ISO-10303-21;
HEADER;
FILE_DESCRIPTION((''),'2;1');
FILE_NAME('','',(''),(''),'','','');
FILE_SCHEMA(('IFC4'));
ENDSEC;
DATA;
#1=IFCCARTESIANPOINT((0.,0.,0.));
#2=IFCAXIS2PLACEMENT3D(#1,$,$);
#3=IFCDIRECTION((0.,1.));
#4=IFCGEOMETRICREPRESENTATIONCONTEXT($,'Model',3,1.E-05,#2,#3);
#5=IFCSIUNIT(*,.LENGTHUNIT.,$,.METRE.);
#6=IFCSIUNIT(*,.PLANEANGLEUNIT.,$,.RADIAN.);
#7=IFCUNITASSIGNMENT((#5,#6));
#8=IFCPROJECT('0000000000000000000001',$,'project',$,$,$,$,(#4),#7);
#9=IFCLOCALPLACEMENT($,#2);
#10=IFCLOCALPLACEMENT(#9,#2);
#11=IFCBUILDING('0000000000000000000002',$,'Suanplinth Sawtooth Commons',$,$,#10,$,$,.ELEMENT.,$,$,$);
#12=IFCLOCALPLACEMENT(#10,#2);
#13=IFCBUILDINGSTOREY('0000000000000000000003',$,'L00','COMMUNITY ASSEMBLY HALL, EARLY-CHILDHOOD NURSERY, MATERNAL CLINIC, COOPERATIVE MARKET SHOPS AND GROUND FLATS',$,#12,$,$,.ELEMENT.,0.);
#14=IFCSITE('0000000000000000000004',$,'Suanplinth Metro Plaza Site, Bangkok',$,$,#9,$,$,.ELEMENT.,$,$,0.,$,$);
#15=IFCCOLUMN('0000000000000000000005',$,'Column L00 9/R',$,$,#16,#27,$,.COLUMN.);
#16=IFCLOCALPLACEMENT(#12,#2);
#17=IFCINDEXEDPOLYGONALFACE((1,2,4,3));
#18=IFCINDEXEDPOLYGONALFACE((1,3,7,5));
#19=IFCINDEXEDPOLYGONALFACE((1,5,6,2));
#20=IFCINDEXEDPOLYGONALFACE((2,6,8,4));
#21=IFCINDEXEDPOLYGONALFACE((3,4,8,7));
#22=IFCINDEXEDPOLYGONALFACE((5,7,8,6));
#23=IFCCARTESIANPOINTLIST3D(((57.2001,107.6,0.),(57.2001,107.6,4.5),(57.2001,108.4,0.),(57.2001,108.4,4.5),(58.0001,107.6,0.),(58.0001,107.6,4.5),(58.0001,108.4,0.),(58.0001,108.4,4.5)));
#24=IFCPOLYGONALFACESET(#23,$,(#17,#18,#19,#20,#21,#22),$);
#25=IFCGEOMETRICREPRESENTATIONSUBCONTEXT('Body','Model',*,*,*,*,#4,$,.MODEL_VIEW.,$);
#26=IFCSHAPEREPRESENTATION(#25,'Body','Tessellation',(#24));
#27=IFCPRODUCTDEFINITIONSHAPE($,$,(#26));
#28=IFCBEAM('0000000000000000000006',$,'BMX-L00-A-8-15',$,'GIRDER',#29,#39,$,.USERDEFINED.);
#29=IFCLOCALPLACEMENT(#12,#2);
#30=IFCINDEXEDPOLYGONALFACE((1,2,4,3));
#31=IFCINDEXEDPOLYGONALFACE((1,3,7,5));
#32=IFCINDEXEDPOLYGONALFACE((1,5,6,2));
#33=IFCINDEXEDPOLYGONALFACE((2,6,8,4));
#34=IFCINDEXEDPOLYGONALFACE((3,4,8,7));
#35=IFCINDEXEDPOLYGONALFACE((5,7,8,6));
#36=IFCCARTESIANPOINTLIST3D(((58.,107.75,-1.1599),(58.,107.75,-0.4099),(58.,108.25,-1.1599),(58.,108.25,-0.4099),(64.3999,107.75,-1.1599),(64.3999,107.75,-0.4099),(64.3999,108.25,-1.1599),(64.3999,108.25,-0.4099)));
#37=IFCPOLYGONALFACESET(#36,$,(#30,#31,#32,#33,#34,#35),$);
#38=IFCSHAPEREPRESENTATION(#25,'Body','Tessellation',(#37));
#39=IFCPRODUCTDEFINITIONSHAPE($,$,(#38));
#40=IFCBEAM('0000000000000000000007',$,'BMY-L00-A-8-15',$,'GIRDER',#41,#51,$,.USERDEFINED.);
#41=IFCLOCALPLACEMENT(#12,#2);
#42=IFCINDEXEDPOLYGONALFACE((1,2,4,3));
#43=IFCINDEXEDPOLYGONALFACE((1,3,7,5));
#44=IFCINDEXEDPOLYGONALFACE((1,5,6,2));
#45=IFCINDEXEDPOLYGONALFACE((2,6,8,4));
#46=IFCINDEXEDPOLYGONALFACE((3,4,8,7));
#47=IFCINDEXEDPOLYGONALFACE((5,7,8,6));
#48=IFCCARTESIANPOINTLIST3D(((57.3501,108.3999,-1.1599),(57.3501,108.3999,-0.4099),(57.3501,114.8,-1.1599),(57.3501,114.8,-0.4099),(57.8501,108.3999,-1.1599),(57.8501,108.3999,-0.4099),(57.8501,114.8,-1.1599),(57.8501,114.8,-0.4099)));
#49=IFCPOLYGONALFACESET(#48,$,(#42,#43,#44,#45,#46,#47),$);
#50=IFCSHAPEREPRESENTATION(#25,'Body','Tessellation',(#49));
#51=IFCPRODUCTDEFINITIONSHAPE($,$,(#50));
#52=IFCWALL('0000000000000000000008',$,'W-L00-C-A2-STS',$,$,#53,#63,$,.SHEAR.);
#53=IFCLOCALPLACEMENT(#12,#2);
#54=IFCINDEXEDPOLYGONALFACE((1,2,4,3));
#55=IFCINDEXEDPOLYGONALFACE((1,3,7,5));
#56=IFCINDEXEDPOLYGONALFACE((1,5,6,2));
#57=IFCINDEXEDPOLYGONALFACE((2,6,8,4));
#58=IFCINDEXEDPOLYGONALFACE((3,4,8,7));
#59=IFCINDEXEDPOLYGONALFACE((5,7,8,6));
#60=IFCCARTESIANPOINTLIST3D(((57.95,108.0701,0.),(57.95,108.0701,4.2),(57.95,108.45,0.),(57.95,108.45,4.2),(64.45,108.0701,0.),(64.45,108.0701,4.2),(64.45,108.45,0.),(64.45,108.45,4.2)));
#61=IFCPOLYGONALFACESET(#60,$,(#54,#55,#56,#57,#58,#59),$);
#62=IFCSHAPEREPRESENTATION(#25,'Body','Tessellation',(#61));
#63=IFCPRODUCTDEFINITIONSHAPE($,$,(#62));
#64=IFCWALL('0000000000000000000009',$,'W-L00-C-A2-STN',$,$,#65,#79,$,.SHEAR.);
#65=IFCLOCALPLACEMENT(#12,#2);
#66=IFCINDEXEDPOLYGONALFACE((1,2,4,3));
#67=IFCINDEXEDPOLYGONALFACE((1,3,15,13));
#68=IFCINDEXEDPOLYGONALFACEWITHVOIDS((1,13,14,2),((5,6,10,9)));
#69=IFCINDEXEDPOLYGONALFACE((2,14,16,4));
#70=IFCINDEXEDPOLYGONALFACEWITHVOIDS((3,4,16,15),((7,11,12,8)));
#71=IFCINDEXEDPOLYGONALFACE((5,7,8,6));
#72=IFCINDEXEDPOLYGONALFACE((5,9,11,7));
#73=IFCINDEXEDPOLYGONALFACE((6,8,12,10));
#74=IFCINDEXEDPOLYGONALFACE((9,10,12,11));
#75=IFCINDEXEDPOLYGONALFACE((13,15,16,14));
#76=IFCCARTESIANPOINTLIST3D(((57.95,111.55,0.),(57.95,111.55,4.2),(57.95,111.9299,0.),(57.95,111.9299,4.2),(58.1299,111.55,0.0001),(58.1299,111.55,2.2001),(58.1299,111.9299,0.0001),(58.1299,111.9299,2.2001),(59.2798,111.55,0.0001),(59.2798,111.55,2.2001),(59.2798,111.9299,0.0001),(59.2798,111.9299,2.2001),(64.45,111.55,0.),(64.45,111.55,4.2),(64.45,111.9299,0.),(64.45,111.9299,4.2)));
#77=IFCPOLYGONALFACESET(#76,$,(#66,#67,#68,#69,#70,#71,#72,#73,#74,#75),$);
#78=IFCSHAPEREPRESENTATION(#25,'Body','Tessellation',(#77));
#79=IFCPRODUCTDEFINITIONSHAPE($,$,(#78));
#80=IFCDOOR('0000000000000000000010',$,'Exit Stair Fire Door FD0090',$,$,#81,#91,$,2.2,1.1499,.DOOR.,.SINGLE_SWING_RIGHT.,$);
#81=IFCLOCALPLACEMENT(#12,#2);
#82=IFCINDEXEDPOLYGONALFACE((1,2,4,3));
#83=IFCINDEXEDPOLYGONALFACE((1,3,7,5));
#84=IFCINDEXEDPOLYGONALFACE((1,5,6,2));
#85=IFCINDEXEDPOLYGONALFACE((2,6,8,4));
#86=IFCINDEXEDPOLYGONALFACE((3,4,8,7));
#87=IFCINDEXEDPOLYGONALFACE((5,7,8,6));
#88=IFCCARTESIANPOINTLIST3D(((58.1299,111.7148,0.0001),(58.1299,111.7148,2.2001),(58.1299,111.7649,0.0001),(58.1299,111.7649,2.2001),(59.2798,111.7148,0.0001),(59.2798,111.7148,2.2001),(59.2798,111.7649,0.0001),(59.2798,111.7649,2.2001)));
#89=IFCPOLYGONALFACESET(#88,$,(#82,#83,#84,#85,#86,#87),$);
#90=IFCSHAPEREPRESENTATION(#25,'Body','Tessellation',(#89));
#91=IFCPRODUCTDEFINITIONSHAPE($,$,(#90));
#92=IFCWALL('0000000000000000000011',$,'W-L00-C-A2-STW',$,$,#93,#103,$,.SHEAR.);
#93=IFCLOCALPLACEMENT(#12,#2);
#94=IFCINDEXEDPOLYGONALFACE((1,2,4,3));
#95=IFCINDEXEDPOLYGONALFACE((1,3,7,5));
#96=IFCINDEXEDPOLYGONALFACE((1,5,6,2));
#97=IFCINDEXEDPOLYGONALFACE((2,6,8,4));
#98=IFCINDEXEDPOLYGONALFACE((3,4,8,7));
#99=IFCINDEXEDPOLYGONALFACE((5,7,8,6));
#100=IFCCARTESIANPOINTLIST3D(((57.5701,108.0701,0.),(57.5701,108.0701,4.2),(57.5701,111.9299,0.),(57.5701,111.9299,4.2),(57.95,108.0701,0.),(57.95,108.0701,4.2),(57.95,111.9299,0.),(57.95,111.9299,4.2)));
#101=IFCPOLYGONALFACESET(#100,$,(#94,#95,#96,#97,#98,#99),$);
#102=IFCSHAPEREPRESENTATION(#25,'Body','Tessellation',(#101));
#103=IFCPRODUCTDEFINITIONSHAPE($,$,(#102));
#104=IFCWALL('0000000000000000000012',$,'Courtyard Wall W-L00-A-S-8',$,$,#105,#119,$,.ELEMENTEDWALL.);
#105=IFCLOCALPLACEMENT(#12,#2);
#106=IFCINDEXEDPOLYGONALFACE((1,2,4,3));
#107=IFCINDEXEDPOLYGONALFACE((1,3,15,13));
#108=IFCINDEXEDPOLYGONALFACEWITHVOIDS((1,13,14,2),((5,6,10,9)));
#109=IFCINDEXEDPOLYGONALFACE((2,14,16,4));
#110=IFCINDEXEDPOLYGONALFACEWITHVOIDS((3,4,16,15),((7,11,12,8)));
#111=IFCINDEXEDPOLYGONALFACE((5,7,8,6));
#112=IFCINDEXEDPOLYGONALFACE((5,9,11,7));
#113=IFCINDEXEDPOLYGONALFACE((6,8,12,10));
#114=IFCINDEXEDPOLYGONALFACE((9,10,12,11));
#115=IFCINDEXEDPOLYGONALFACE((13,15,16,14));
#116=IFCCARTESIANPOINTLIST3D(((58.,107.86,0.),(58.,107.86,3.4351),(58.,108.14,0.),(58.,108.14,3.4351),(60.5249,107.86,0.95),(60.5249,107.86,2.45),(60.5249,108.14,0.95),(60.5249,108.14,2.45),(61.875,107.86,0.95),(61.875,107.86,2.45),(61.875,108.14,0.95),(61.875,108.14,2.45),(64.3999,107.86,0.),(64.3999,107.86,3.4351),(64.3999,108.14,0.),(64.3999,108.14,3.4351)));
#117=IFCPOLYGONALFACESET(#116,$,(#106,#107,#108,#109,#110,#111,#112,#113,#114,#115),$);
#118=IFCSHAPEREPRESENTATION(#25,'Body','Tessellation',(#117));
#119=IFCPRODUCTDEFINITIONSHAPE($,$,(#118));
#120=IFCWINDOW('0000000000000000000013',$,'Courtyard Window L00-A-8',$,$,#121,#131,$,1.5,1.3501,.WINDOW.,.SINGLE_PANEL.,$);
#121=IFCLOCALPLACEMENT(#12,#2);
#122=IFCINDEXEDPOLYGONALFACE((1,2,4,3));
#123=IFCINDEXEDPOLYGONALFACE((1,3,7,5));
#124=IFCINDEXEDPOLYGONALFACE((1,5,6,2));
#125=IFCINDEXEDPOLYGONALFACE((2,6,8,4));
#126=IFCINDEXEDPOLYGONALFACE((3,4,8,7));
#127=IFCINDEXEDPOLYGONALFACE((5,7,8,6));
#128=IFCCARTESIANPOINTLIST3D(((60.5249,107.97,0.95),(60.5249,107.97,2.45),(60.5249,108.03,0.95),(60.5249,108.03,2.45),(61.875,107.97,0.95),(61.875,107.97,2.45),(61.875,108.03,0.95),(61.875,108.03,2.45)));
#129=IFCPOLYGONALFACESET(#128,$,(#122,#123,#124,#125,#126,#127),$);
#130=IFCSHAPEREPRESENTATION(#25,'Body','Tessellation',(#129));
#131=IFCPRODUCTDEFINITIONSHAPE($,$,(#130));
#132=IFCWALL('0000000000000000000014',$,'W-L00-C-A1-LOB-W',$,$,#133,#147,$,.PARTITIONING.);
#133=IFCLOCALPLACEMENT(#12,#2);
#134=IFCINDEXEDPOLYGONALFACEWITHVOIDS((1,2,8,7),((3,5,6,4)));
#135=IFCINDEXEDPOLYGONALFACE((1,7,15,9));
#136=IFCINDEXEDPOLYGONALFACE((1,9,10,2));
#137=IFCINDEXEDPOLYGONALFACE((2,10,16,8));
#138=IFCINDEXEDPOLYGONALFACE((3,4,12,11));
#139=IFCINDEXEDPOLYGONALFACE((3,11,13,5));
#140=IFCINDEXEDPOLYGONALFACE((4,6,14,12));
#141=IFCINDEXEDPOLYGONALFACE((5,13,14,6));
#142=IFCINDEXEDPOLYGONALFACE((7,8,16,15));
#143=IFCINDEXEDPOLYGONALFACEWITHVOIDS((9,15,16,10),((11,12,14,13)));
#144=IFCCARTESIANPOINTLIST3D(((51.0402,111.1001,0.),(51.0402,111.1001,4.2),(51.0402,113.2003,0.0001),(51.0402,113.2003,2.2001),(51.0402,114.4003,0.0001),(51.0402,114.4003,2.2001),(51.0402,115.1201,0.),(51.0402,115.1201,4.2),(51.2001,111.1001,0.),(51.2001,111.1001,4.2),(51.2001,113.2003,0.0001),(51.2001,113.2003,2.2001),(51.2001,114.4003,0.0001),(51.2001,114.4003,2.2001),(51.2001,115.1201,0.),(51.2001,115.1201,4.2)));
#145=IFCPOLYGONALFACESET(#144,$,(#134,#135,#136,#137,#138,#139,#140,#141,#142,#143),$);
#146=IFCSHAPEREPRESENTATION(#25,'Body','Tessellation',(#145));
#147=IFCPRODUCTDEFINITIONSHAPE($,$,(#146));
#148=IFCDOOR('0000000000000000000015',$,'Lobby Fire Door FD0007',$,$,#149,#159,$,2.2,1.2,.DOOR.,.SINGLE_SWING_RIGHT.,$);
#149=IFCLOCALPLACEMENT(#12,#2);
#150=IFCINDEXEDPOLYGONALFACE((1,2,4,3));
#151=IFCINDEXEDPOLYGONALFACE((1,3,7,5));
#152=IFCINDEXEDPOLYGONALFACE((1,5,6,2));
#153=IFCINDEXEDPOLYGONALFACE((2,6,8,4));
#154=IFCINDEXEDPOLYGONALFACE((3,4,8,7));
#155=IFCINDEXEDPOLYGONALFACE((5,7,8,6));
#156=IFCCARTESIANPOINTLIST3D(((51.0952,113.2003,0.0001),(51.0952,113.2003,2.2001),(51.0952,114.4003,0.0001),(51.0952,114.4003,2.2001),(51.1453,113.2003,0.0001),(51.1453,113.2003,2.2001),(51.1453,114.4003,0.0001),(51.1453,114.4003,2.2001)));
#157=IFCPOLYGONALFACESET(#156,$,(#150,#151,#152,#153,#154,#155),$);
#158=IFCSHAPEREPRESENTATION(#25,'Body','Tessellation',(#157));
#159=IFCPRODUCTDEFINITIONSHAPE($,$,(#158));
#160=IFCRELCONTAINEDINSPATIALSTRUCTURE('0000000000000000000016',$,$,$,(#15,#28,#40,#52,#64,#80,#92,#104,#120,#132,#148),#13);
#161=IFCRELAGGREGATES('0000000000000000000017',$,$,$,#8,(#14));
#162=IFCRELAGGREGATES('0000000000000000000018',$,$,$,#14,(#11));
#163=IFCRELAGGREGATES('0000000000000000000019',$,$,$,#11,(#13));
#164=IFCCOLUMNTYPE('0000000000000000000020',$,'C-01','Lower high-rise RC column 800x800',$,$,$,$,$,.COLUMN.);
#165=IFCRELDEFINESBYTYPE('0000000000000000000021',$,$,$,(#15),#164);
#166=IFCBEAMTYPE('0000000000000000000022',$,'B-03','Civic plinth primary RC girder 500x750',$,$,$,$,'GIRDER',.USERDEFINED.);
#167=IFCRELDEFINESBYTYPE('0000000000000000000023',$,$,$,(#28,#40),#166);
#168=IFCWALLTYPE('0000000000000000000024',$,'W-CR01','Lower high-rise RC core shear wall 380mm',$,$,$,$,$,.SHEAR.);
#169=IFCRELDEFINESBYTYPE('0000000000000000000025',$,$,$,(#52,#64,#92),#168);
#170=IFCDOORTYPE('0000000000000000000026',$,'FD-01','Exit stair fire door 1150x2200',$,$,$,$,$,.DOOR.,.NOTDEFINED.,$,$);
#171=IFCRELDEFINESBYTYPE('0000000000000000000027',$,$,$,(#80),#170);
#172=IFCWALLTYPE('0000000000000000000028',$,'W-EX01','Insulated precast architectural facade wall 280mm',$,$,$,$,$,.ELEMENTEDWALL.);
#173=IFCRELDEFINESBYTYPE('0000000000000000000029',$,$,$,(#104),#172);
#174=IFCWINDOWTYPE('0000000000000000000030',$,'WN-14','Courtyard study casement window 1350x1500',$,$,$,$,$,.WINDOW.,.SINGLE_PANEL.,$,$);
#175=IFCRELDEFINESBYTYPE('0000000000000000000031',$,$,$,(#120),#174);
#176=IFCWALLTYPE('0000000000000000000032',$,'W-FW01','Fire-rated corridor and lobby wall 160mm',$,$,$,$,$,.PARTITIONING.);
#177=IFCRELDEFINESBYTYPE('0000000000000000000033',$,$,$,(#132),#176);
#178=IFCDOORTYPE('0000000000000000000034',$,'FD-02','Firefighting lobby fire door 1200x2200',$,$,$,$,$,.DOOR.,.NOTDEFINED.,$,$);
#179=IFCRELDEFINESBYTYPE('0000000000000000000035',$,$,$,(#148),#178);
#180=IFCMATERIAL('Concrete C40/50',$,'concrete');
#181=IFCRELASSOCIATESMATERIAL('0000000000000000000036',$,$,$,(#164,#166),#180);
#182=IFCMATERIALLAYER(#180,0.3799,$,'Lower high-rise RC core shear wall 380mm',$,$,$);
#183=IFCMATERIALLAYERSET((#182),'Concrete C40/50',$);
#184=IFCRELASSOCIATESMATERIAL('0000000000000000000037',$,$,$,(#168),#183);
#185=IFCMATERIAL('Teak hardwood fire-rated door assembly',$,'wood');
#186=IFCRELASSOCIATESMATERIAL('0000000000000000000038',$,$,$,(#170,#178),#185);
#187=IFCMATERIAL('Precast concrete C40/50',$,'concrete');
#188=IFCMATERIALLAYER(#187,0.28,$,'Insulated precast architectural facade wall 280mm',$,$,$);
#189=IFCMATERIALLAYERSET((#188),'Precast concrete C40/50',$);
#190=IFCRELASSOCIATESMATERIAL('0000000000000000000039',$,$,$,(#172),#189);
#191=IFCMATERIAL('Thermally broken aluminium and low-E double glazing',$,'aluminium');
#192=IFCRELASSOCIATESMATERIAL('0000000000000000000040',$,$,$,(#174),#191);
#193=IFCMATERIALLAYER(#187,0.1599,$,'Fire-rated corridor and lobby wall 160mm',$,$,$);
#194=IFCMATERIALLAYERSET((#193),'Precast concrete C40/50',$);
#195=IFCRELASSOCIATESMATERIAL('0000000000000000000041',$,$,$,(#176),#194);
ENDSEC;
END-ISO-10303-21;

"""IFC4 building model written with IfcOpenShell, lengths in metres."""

from ifc_helpers import new_model, si_unit, direction, frame, frame_2d, origin, origin_2d, place, context, subcontext, project, spatial, rectangle, extrude, material, layer, layer_set, material_profile, profile_set, type_object, element, fill, save


model = new_model("IFC4")

# Units and contexts
model_context = context("Model", 3, precision=1e-05, world=origin(), true_north=direction((0.0, 1.0)))
body_context = subcontext(model_context, "Body", "Model", "MODEL_VIEW")
ifc_project = project(units=[si_unit("LENGTHUNIT", "METRE"), si_unit("PLANEANGLEUNIT", "RADIAN")], contexts=[model_context])

# Site, building, storey
site_placement = place(None, origin())
site = spatial("IfcSite", under=ifc_project, at=site_placement, Name="Suanplinth Metro Plaza Site, Bangkok", CompositionType="ELEMENT", RefElevation=0.0)
building_placement = place(site_placement, origin())
building = spatial("IfcBuilding", under=site, at=building_placement, Name="Suanplinth Sawtooth Commons", CompositionType="ELEMENT")
storey_placement = place(building_placement, origin())
storey = spatial("IfcBuildingStorey", under=building, at=storey_placement, Name="L00", Description="COMMUNITY ASSEMBLY HALL, EARLY-CHILDHOOD NURSERY, MATERNAL CLINIC, COOPERATIVE MARKET SHOPS AND GROUND FLATS", CompositionType="ELEMENT", Elevation=0.0)

# Column
ifc_material_1 = material(Name="Concrete C40/50", Category="concrete")
ifc_material_profile_1 = material_profile(ifc_material_1, rectangle(XDim=0.8, YDim=0.8, at=origin_2d()), Name="RC-COL 800x800")
ifc_profile_set_1 = profile_set([ifc_material_profile_1], Name="Concrete C40/50")
column_type = type_object("IfcColumnType", Name="C-01", Description="Lower high-rise RC column 800x800", PredefinedType="COLUMN", material=ifc_profile_set_1)
column_placement = place(storey_placement, frame((57.6001, 108.0, 0.0), z_axis=(0.0, 0.0, 1.0), x_axis=(1.0, 0.0, 0.0)))
element("IfcColumn", 1, at=column_placement, inside=storey, type_object=column_type, Name="Column L00 9/R", PredefinedType="COLUMN", context=body_context, shape_type="SweptSolid", body=[
    extrude(rectangle(XDim=0.8, YDim=0.8, at=origin_2d()), origin(), (0.0, 0.0, 1.0), 4.5),
])

# Beams
ifc_material_profile_2 = material_profile(ifc_material_1, rectangle(XDim=0.5, YDim=0.75, at=origin_2d()), Name="RC-GDR 500x750")
ifc_profile_set_2 = profile_set([ifc_material_profile_2], Name="Concrete C40/50")
beam_type = type_object("IfcBeamType", Name="B-03", Description="Civic plinth primary RC girder 500x750", ElementType="GIRDER", PredefinedType="USERDEFINED", material=ifc_profile_set_2)
beam_1_placement = place(storey_placement, frame((58.0, 108.0, -0.7849), z_axis=(1.0, 0.0, 0.0), x_axis=(0.0, 1.0, 0.0)))
element("IfcBeam", 2, at=beam_1_placement, inside=storey, type_object=beam_type, Name="BMX-L00-A-8-15", ObjectType="GIRDER", PredefinedType="USERDEFINED", context=body_context, shape_type="SweptSolid", body=[
    extrude(rectangle(XDim=0.5, YDim=0.75, at=origin_2d()), origin(), (0.0, 0.0, 1.0), 6.3999),
])
beam_2_placement = place(storey_placement, frame((57.6001, 108.3999, -0.7849), z_axis=(0.0, 1.0, 0.0), x_axis=(-1.0, 0.0, 0.0)))
element("IfcBeam", 3, at=beam_2_placement, inside=storey, type_object=beam_type, Name="BMY-L00-A-8-15", ObjectType="GIRDER", PredefinedType="USERDEFINED", context=body_context, shape_type="SweptSolid", body=[
    extrude(rectangle(XDim=0.5, YDim=0.75, at=origin_2d()), origin(), (0.0, 0.0, 1.0), 6.4001),
])

# Wall
ifc_layer_1 = layer(ifc_material_1, 0.3799, Name="Lower high-rise RC core shear wall 380mm")
ifc_layer_set_1 = layer_set([ifc_layer_1], Name="Concrete C40/50")
wall_type_1 = type_object("IfcWallType", Name="W-CR01", Description="Lower high-rise RC core shear wall 380mm", PredefinedType="SHEAR", material=ifc_layer_set_1)
wall_1_placement = place(storey_placement, frame((57.95, 108.26, 0.0), z_axis=(0.0, 0.0, 1.0), x_axis=(1.0, 0.0, 0.0)))
element("IfcWall", 4, at=wall_1_placement, inside=storey, type_object=wall_type_1, Name="W-L00-C-A2-STS", PredefinedType="SHEAR", context=body_context, shape_type="SweptSolid", body=[
    extrude(rectangle(XDim=6.5, YDim=0.3799, at=frame_2d((3.25, 0.0))), origin(), (0.0, 0.0, 1.0), 4.2),
])

# Wall, opening, door
wall_2_placement = place(storey_placement, frame((57.95, 111.74, 0.0), z_axis=(0.0, 0.0, 1.0), x_axis=(1.0, 0.0, 0.0)))
wall_2 = element("IfcWall", 5, at=wall_2_placement, inside=storey, type_object=wall_type_1, Name="W-L00-C-A2-STN", PredefinedType="SHEAR", context=body_context, shape_type="SweptSolid", body=[
    extrude(rectangle(XDim=6.5, YDim=0.3799, at=frame_2d((3.25, 0.0))), origin(), (0.0, 0.0, 1.0), 4.2),
])
opening_1_placement = place(wall_2_placement, frame((0.1799, 0.0, 0.0)))
opening_1 = element("IfcOpeningElement", 6, at=opening_1_placement, cuts=wall_2, PredefinedType="OPENING", context=body_context, shape_type="SweptSolid", body=[
    extrude(rectangle(XDim=1.1499, YDim=2.2, at=frame_2d((0.575, 1.1001))), frame((0.0, 0.2048, 0.0), z_axis=(0.0, -1.0, 0.0), x_axis=(1.0, 0.0, 0.0)), (0.0, 0.0, 1.0), 0.4097),
])
ifc_material_2 = material(Name="Teak hardwood fire-rated door assembly", Category="wood")
door_type_1 = type_object("IfcDoorType", Name="FD-01", Description="Exit stair fire door 1150x2200", OperationType="NOTDEFINED", PredefinedType="DOOR", material=ifc_material_2)
door_1_placement = place(opening_1_placement, origin())
door_1 = element("IfcDoor", 7, at=door_1_placement, inside=storey, type_object=door_type_1, Name="Exit Stair Fire Door FD0090", OperationType="SINGLE_SWING_RIGHT", OverallHeight=2.2, OverallWidth=1.1499, PredefinedType="DOOR", context=body_context, shape_type="SweptSolid", body=[
    extrude(rectangle(XDim=1.1499, YDim=2.2, at=frame_2d((0.575, 1.1001))), frame((0.0, 0.0249, 0.0), z_axis=(0.0, -1.0, 0.0), x_axis=(1.0, 0.0, 0.0)), (0.0, 0.0, 1.0), 0.05),
])
fill(opening_1, door_1)

# Wall
wall_3_placement = place(storey_placement, frame((57.76, 108.0701, 0.0), z_axis=(0.0, 0.0, 1.0), x_axis=(0.0, 1.0, 0.0)))
element("IfcWall", 8, at=wall_3_placement, inside=storey, type_object=wall_type_1, Name="W-L00-C-A2-STW", PredefinedType="SHEAR", context=body_context, shape_type="SweptSolid", body=[
    extrude(rectangle(XDim=3.8599, YDim=0.3799, at=frame_2d((1.9299, 0.0))), origin(), (0.0, 0.0, 1.0), 4.2),
])

# Wall, opening, window
ifc_material_3 = material(Name="Precast concrete C40/50", Category="concrete")
ifc_layer_2 = layer(ifc_material_3, 0.28, Name="Insulated precast architectural facade wall 280mm")
ifc_layer_set_2 = layer_set([ifc_layer_2], Name="Precast concrete C40/50")
wall_type_2 = type_object("IfcWallType", Name="W-EX01", Description="Insulated precast architectural facade wall 280mm", PredefinedType="ELEMENTEDWALL", material=ifc_layer_set_2)
wall_4_placement = place(storey_placement, frame((58.0, 108.0, 0.0), z_axis=(0.0, 0.0, 1.0), x_axis=(1.0, 0.0, 0.0)))
wall_4 = element("IfcWall", 9, at=wall_4_placement, inside=storey, type_object=wall_type_2, Name="Courtyard Wall W-L00-A-S-8", PredefinedType="ELEMENTEDWALL", context=body_context, shape_type="SweptSolid", body=[
    extrude(rectangle(XDim=6.3999, YDim=0.28, at=frame_2d((3.2, 0.0))), origin(), (0.0, 0.0, 1.0), 3.4351),
])
opening_2_placement = place(wall_4_placement, frame((2.5249, 0.0, 0.95)))
opening_2 = element("IfcOpeningElement", 10, at=opening_2_placement, cuts=wall_4, PredefinedType="OPENING", context=body_context, shape_type="SweptSolid", body=[
    extrude(rectangle(XDim=1.3501, YDim=1.5, at=frame_2d((0.675, 0.75))), frame((0.0, 0.1548, 0.0), z_axis=(0.0, -1.0, 0.0), x_axis=(1.0, 0.0, 0.0)), (0.0, 0.0, 1.0), 0.3098),
])
ifc_material_4 = material(Name="Thermally broken aluminium and low-E double glazing", Category="aluminium")
window_type = type_object("IfcWindowType", Name="WN-14", Description="Courtyard study casement window 1350x1500", PartitioningType="SINGLE_PANEL", PredefinedType="WINDOW", material=ifc_material_4)
window_placement = place(opening_2_placement, origin())
window = element("IfcWindow", 11, at=window_placement, inside=storey, type_object=window_type, Name="Courtyard Window L00-A-8", OverallHeight=1.5, OverallWidth=1.3501, PartitioningType="SINGLE_PANEL", PredefinedType="WINDOW", context=body_context, shape_type="SweptSolid", body=[
    extrude(rectangle(XDim=1.3501, YDim=1.5, at=frame_2d((0.675, 0.75))), frame((0.0, 0.03, 0.0), z_axis=(0.0, -1.0, 0.0), x_axis=(1.0, 0.0, 0.0)), (0.0, 0.0, 1.0), 0.0601),
])
fill(opening_2, window)

# Wall, opening, door
ifc_layer_3 = layer(ifc_material_3, 0.1599, Name="Fire-rated corridor and lobby wall 160mm")
ifc_layer_set_3 = layer_set([ifc_layer_3], Name="Precast concrete C40/50")
wall_type_3 = type_object("IfcWallType", Name="W-FW01", Description="Fire-rated corridor and lobby wall 160mm", PredefinedType="PARTITIONING", material=ifc_layer_set_3)
wall_5_placement = place(storey_placement, frame((51.1201, 111.1001, 0.0), z_axis=(0.0, 0.0, 1.0), x_axis=(0.0, 1.0, 0.0)))
wall_5 = element("IfcWall", 12, at=wall_5_placement, inside=storey, type_object=wall_type_3, Name="W-L00-C-A1-LOB-W", PredefinedType="PARTITIONING", context=body_context, shape_type="SweptSolid", body=[
    extrude(rectangle(XDim=4.02, YDim=0.1599, at=frame_2d((2.01, 0.0))), origin(), (0.0, 0.0, 1.0), 4.2),
])
opening_3_placement = place(wall_5_placement, frame((2.1001, 0.0, 0.0)))
opening_3 = element("IfcOpeningElement", 13, at=opening_3_placement, cuts=wall_5, PredefinedType="OPENING", context=body_context, shape_type="SweptSolid", body=[
    extrude(rectangle(XDim=1.2, YDim=2.2, at=frame_2d((0.6001, 1.1001))), frame((0.0, 0.0947, 0.0), z_axis=(0.0, -1.0, 0.0), x_axis=(1.0, 0.0, 0.0)), (0.0, 0.0, 1.0), 0.1897),
])
door_type_2 = type_object("IfcDoorType", Name="FD-02", Description="Firefighting lobby fire door 1200x2200", OperationType="NOTDEFINED", PredefinedType="DOOR", material=ifc_material_2)
door_2_placement = place(opening_3_placement, origin())
door_2 = element("IfcDoor", 14, at=door_2_placement, inside=storey, type_object=door_type_2, Name="Lobby Fire Door FD0007", OperationType="SINGLE_SWING_RIGHT", OverallHeight=2.2, OverallWidth=1.2, PredefinedType="DOOR", context=body_context, shape_type="SweptSolid", body=[
    extrude(rectangle(XDim=1.2, YDim=2.2, at=frame_2d((0.6001, 1.1001))), frame((0.0, 0.0249, 0.0), z_axis=(0.0, -1.0, 0.0), x_axis=(1.0, 0.0, 0.0)), (0.0, 0.0, 1.0), 0.05),
])
fill(opening_3, door_2)

save(model, "model.ifc")
